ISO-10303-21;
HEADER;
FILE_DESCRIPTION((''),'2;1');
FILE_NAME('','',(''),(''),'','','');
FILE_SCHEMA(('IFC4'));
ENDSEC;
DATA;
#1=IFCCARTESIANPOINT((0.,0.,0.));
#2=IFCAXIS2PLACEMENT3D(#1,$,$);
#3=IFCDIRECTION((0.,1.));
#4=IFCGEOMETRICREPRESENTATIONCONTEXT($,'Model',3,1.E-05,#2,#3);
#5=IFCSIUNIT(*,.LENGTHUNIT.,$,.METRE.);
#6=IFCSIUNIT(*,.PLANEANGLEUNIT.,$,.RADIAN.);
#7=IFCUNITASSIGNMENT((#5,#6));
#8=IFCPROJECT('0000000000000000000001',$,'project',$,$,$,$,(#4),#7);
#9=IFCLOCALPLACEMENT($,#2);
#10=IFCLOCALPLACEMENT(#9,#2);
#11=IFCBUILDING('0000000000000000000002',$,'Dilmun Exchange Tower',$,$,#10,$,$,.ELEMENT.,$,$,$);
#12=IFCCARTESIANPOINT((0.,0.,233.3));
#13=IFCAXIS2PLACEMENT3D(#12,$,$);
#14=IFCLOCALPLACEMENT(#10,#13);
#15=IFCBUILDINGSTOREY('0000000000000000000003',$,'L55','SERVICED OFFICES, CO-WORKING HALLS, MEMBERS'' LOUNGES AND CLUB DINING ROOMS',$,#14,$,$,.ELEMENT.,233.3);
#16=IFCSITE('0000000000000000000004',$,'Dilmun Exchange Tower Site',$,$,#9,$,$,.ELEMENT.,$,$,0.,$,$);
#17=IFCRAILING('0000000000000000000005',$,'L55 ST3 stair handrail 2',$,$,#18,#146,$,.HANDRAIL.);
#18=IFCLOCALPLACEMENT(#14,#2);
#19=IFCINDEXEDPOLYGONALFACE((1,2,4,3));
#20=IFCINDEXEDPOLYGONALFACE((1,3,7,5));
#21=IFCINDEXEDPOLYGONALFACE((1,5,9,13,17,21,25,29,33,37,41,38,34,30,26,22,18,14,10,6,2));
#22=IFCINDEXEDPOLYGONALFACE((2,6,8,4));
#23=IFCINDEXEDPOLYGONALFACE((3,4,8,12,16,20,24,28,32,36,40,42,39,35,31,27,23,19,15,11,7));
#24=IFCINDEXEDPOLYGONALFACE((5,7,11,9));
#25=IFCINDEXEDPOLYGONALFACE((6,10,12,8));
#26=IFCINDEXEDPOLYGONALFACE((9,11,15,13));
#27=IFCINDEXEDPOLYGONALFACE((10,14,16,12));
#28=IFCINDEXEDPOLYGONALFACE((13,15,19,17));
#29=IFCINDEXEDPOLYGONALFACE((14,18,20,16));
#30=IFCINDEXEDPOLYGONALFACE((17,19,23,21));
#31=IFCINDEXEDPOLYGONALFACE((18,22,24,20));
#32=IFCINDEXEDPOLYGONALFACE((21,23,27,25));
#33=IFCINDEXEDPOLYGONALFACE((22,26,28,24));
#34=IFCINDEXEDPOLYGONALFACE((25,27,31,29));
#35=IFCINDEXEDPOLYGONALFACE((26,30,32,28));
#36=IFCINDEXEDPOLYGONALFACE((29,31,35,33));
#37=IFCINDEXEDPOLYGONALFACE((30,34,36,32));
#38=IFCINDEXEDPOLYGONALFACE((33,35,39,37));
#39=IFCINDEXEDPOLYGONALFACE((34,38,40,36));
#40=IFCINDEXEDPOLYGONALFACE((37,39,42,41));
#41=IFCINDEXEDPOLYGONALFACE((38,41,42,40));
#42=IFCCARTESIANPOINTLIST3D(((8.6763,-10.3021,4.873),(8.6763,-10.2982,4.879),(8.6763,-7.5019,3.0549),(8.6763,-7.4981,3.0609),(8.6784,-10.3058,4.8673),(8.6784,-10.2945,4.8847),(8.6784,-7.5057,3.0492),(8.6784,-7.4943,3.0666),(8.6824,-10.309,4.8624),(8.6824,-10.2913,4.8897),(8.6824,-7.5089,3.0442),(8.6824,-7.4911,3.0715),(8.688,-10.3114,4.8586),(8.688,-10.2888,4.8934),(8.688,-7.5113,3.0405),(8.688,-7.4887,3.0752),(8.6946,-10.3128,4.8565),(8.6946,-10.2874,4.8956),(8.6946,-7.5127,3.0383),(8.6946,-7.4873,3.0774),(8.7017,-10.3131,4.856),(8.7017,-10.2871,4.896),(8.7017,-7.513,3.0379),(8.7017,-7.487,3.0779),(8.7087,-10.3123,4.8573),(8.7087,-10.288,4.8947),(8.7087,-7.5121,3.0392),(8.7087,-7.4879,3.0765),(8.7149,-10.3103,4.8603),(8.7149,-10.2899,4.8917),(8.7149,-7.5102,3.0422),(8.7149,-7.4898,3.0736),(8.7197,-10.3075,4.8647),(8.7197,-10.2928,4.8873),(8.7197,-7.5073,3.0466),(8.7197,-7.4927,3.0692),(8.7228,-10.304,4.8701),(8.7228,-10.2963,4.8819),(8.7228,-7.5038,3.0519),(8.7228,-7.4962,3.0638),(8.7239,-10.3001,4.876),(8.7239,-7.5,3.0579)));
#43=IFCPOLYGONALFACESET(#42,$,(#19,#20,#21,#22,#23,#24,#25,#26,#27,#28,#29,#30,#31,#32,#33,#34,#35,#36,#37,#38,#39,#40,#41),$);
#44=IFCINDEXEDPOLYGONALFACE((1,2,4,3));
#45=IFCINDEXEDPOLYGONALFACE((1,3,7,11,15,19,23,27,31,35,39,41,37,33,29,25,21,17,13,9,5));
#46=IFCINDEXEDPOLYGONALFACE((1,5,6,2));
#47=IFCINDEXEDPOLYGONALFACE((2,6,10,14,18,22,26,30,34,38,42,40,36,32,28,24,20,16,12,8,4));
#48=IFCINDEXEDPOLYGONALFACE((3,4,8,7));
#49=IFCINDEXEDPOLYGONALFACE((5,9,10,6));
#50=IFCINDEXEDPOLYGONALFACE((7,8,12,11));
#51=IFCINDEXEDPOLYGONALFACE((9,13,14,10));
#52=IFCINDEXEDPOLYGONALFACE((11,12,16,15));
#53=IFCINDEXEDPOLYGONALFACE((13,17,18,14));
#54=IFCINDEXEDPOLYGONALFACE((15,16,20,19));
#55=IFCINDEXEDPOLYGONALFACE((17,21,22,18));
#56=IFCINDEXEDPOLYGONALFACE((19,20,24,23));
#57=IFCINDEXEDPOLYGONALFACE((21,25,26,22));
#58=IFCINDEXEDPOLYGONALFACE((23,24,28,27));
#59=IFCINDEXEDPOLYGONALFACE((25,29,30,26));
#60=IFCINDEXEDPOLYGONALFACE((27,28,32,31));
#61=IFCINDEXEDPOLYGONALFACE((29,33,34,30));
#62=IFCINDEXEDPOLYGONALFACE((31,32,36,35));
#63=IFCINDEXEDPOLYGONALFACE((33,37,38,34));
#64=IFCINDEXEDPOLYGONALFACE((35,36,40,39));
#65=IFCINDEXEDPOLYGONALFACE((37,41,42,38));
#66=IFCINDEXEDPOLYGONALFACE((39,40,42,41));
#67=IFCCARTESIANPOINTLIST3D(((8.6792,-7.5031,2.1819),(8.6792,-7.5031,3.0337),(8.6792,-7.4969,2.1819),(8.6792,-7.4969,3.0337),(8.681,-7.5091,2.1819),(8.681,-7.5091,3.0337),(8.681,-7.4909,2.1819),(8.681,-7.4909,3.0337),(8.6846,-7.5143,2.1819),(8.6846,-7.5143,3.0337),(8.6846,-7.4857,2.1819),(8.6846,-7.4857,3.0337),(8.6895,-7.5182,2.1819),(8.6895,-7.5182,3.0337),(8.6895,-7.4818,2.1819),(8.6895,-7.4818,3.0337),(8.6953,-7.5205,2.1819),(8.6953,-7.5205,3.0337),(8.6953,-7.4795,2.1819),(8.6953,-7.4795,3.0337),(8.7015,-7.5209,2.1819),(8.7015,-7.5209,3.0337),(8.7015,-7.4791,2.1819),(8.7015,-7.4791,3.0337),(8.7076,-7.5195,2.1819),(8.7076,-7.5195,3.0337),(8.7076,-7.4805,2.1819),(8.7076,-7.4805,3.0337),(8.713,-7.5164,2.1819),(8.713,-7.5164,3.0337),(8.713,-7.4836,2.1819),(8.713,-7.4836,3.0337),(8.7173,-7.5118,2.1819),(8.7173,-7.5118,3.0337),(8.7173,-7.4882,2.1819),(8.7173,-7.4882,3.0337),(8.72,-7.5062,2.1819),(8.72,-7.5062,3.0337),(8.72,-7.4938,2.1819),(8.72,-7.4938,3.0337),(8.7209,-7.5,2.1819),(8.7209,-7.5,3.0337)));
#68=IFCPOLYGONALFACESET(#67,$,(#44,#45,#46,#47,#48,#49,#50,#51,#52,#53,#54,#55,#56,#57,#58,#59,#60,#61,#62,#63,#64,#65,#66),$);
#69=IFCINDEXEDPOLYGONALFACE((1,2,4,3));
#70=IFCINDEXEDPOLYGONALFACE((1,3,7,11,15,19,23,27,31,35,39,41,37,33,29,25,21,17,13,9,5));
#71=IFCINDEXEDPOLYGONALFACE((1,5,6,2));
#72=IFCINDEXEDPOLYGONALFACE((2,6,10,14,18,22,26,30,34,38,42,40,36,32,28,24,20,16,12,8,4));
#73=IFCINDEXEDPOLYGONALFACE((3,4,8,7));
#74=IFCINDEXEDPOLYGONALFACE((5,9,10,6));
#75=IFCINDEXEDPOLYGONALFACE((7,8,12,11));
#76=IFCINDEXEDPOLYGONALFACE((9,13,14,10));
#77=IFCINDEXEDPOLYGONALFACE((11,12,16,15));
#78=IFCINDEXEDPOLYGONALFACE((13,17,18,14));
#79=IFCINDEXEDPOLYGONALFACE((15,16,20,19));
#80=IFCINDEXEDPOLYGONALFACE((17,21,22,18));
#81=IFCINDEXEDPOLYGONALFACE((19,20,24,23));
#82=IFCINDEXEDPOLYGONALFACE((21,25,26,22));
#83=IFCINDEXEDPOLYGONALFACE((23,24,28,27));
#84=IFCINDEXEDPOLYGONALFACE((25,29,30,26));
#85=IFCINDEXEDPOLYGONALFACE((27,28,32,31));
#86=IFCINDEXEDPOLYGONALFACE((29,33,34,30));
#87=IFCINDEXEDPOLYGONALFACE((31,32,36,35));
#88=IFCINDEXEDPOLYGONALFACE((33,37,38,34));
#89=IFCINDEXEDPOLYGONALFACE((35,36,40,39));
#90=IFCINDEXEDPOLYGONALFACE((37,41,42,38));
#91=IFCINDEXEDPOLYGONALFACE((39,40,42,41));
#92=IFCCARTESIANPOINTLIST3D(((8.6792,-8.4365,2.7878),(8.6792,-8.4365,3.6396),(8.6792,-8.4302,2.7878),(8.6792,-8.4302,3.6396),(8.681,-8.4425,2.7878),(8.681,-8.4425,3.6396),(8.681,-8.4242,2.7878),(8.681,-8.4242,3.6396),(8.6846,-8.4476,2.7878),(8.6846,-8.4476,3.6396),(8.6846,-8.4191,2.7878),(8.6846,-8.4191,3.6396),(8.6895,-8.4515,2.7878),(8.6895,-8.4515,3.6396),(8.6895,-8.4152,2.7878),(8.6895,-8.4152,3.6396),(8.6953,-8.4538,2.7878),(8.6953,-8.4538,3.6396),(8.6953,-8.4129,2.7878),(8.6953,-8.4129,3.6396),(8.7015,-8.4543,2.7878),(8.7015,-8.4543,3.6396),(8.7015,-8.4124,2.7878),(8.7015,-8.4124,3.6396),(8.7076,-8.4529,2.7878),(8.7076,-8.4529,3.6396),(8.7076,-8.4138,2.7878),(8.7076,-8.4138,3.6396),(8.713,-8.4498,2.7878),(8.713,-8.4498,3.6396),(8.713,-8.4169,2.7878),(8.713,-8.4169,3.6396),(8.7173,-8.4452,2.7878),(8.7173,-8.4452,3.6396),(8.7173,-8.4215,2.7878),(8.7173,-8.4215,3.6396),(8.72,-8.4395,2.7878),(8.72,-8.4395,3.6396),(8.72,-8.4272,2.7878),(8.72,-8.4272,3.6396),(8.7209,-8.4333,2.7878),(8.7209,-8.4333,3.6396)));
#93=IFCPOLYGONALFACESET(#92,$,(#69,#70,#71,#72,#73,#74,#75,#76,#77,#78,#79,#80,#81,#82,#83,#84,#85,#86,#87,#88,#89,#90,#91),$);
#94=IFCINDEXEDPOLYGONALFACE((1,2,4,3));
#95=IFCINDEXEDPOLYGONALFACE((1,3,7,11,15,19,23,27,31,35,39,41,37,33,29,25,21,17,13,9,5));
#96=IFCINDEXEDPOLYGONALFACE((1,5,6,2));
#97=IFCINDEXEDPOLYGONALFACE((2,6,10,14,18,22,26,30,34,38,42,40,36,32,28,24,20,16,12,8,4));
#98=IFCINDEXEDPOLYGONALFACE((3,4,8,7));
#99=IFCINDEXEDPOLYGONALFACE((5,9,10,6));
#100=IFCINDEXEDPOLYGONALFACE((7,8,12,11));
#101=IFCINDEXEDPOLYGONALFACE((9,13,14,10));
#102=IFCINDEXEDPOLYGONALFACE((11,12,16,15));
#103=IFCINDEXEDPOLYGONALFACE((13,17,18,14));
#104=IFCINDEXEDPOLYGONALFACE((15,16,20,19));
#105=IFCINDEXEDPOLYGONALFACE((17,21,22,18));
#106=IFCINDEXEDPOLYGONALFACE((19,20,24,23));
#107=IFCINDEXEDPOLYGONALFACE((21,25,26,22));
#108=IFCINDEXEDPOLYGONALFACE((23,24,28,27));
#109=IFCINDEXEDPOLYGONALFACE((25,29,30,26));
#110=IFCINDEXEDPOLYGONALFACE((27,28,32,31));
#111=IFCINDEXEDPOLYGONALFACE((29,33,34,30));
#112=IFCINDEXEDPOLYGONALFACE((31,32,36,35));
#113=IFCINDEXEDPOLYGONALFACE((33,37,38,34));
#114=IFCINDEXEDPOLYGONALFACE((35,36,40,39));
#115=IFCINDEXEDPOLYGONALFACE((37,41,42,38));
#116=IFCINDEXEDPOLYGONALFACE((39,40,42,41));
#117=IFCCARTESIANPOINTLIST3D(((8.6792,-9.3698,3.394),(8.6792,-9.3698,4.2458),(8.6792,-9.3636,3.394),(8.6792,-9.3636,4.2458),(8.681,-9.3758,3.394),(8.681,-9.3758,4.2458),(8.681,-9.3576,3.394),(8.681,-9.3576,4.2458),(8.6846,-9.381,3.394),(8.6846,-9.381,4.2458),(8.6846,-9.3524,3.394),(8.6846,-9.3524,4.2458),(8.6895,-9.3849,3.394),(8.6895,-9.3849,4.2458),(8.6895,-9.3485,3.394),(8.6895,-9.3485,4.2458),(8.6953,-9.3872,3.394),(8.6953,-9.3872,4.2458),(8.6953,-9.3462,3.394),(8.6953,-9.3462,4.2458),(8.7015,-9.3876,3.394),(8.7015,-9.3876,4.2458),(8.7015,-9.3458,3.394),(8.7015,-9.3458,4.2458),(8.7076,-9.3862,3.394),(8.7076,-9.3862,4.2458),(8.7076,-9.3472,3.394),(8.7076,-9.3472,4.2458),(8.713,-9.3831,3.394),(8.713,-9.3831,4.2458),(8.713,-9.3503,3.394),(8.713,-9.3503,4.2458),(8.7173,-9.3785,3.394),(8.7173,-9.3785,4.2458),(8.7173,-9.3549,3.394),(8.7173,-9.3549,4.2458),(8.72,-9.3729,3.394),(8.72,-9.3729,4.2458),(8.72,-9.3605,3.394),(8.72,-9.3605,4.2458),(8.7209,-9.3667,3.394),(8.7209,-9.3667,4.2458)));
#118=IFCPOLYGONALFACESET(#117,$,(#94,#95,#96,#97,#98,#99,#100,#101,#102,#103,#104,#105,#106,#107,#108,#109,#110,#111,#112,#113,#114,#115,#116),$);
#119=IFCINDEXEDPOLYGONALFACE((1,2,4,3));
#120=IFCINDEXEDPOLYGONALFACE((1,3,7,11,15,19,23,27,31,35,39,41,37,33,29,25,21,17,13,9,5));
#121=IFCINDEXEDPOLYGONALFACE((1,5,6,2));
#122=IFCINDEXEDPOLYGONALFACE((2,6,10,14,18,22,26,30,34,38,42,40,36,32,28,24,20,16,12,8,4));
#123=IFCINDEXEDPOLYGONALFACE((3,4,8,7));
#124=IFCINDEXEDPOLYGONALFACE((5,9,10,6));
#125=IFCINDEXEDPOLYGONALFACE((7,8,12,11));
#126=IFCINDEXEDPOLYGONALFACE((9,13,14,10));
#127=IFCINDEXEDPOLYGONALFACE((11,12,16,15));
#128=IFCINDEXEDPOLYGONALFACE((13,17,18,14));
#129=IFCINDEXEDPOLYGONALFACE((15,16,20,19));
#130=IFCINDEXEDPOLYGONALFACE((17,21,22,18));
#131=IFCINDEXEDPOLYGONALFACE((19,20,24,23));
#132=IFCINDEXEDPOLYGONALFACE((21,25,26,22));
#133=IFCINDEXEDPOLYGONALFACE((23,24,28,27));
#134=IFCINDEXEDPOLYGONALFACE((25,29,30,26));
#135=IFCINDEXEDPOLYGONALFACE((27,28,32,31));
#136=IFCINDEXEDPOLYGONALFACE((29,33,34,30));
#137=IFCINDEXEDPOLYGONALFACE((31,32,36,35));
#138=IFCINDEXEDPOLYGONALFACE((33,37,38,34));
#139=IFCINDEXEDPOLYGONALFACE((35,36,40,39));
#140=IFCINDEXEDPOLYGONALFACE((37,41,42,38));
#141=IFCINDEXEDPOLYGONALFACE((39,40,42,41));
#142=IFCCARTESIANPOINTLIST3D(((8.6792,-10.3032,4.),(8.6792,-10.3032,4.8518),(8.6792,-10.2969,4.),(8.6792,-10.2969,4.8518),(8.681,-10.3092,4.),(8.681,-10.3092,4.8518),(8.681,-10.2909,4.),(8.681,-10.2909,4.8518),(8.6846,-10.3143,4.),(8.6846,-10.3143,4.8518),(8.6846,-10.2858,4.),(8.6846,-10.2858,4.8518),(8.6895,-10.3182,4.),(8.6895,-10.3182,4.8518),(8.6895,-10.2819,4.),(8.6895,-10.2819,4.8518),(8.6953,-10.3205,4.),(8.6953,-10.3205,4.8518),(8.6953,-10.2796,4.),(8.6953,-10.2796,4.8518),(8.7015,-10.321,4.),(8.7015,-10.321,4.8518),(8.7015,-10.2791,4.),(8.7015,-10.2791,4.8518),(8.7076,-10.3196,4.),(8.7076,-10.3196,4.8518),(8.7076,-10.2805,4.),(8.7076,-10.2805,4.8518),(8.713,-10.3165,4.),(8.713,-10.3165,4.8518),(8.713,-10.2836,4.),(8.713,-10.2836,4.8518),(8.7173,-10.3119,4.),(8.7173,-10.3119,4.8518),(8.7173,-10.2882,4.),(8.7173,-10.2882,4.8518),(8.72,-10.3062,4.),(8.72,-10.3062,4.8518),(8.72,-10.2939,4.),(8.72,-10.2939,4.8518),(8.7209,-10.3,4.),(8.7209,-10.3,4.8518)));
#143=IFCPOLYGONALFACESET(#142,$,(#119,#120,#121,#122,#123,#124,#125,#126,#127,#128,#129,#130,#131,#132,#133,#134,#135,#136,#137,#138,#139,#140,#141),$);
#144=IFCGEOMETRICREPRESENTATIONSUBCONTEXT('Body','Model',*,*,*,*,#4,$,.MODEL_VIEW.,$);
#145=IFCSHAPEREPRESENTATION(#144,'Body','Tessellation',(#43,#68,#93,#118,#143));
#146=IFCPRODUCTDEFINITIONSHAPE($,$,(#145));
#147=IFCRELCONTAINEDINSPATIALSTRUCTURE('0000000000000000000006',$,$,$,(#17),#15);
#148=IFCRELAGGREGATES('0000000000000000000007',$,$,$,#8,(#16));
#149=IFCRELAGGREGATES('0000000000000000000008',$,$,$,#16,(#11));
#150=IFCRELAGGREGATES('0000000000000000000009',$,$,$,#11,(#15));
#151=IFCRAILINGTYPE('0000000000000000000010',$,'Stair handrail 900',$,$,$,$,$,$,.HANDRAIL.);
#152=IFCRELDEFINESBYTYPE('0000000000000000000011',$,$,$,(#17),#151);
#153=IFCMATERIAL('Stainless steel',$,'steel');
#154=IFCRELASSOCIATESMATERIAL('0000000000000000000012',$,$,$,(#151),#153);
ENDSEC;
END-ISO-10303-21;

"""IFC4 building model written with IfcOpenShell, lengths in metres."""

from ifc_helpers import new_model, si_unit, direction, frame, origin, origin_2d, place, context, subcontext, project, spatial, circle, extrude, material, type_object, element, save


model = new_model("IFC4")

# Units and contexts
model_context = context("Model", 3, precision=1e-05, world=origin(), true_north=direction((0.0, 1.0)))
body_context = subcontext(model_context, "Body", "Model", "MODEL_VIEW")
ifc_project = project(units=[si_unit("LENGTHUNIT", "METRE"), si_unit("PLANEANGLEUNIT", "RADIAN")], contexts=[model_context])

# Site, building, storey
site_placement = place(None, origin())
site = spatial("IfcSite", under=ifc_project, at=site_placement, Name="Dilmun Exchange Tower Site", CompositionType="ELEMENT", RefElevation=0.0)
building_placement = place(site_placement, origin())
building = spatial("IfcBuilding", under=site, at=building_placement, Name="Dilmun Exchange Tower", CompositionType="ELEMENT")
storey_placement = place(building_placement, frame((0.0, 0.0, 233.3)))
storey = spatial("IfcBuildingStorey", under=building, at=storey_placement, Name="L55", Description="SERVICED OFFICES, CO-WORKING HALLS, MEMBERS' LOUNGES AND CLUB DINING ROOMS", CompositionType="ELEMENT", Elevation=233.3)

# Railing
ifc_material_1 = material(Name="Stainless steel", Category="steel")
railing_type = type_object("IfcRailingType", Name="Stair handrail 900", PredefinedType="HANDRAIL", material=ifc_material_1)
railing_1_placement = place(storey_placement, frame((8.7, -7.5, 2.1819)))
element("IfcRailing", 1, at=railing_1_placement, inside=storey, type_object=railing_type, Name="L55 ST3 stair handrail 2", PredefinedType="HANDRAIL", context=body_context, shape_type="SweptSolid", body=[
    extrude(circle(Radius=0.0239, at=origin_2d()), frame((0.0, 0.0, 0.876), z_axis=(0.0, -0.838706, 0.544585), x_axis=(1.0, 0.0, 0.0)), (0.0, 0.0, 1.0), 3.3386),
    extrude(circle(Radius=0.021, at=origin_2d()), origin(), (0.0, 0.0, 1.0), 0.8518),
    extrude(circle(Radius=0.021, at=origin_2d()), frame((0.0, -0.9333, 0.606)), (0.0, 0.0, 1.0), 0.8518),
    extrude(circle(Radius=0.021, at=origin_2d()), frame((0.0, -1.8667, 1.2122)), (0.0, 0.0, 1.0), 0.8518),
    extrude(circle(Radius=0.021, at=origin_2d()), frame((0.0, -2.8, 1.8181)), (0.0, 0.0, 1.0), 0.8518),
])

save(model, "model.ifc")
